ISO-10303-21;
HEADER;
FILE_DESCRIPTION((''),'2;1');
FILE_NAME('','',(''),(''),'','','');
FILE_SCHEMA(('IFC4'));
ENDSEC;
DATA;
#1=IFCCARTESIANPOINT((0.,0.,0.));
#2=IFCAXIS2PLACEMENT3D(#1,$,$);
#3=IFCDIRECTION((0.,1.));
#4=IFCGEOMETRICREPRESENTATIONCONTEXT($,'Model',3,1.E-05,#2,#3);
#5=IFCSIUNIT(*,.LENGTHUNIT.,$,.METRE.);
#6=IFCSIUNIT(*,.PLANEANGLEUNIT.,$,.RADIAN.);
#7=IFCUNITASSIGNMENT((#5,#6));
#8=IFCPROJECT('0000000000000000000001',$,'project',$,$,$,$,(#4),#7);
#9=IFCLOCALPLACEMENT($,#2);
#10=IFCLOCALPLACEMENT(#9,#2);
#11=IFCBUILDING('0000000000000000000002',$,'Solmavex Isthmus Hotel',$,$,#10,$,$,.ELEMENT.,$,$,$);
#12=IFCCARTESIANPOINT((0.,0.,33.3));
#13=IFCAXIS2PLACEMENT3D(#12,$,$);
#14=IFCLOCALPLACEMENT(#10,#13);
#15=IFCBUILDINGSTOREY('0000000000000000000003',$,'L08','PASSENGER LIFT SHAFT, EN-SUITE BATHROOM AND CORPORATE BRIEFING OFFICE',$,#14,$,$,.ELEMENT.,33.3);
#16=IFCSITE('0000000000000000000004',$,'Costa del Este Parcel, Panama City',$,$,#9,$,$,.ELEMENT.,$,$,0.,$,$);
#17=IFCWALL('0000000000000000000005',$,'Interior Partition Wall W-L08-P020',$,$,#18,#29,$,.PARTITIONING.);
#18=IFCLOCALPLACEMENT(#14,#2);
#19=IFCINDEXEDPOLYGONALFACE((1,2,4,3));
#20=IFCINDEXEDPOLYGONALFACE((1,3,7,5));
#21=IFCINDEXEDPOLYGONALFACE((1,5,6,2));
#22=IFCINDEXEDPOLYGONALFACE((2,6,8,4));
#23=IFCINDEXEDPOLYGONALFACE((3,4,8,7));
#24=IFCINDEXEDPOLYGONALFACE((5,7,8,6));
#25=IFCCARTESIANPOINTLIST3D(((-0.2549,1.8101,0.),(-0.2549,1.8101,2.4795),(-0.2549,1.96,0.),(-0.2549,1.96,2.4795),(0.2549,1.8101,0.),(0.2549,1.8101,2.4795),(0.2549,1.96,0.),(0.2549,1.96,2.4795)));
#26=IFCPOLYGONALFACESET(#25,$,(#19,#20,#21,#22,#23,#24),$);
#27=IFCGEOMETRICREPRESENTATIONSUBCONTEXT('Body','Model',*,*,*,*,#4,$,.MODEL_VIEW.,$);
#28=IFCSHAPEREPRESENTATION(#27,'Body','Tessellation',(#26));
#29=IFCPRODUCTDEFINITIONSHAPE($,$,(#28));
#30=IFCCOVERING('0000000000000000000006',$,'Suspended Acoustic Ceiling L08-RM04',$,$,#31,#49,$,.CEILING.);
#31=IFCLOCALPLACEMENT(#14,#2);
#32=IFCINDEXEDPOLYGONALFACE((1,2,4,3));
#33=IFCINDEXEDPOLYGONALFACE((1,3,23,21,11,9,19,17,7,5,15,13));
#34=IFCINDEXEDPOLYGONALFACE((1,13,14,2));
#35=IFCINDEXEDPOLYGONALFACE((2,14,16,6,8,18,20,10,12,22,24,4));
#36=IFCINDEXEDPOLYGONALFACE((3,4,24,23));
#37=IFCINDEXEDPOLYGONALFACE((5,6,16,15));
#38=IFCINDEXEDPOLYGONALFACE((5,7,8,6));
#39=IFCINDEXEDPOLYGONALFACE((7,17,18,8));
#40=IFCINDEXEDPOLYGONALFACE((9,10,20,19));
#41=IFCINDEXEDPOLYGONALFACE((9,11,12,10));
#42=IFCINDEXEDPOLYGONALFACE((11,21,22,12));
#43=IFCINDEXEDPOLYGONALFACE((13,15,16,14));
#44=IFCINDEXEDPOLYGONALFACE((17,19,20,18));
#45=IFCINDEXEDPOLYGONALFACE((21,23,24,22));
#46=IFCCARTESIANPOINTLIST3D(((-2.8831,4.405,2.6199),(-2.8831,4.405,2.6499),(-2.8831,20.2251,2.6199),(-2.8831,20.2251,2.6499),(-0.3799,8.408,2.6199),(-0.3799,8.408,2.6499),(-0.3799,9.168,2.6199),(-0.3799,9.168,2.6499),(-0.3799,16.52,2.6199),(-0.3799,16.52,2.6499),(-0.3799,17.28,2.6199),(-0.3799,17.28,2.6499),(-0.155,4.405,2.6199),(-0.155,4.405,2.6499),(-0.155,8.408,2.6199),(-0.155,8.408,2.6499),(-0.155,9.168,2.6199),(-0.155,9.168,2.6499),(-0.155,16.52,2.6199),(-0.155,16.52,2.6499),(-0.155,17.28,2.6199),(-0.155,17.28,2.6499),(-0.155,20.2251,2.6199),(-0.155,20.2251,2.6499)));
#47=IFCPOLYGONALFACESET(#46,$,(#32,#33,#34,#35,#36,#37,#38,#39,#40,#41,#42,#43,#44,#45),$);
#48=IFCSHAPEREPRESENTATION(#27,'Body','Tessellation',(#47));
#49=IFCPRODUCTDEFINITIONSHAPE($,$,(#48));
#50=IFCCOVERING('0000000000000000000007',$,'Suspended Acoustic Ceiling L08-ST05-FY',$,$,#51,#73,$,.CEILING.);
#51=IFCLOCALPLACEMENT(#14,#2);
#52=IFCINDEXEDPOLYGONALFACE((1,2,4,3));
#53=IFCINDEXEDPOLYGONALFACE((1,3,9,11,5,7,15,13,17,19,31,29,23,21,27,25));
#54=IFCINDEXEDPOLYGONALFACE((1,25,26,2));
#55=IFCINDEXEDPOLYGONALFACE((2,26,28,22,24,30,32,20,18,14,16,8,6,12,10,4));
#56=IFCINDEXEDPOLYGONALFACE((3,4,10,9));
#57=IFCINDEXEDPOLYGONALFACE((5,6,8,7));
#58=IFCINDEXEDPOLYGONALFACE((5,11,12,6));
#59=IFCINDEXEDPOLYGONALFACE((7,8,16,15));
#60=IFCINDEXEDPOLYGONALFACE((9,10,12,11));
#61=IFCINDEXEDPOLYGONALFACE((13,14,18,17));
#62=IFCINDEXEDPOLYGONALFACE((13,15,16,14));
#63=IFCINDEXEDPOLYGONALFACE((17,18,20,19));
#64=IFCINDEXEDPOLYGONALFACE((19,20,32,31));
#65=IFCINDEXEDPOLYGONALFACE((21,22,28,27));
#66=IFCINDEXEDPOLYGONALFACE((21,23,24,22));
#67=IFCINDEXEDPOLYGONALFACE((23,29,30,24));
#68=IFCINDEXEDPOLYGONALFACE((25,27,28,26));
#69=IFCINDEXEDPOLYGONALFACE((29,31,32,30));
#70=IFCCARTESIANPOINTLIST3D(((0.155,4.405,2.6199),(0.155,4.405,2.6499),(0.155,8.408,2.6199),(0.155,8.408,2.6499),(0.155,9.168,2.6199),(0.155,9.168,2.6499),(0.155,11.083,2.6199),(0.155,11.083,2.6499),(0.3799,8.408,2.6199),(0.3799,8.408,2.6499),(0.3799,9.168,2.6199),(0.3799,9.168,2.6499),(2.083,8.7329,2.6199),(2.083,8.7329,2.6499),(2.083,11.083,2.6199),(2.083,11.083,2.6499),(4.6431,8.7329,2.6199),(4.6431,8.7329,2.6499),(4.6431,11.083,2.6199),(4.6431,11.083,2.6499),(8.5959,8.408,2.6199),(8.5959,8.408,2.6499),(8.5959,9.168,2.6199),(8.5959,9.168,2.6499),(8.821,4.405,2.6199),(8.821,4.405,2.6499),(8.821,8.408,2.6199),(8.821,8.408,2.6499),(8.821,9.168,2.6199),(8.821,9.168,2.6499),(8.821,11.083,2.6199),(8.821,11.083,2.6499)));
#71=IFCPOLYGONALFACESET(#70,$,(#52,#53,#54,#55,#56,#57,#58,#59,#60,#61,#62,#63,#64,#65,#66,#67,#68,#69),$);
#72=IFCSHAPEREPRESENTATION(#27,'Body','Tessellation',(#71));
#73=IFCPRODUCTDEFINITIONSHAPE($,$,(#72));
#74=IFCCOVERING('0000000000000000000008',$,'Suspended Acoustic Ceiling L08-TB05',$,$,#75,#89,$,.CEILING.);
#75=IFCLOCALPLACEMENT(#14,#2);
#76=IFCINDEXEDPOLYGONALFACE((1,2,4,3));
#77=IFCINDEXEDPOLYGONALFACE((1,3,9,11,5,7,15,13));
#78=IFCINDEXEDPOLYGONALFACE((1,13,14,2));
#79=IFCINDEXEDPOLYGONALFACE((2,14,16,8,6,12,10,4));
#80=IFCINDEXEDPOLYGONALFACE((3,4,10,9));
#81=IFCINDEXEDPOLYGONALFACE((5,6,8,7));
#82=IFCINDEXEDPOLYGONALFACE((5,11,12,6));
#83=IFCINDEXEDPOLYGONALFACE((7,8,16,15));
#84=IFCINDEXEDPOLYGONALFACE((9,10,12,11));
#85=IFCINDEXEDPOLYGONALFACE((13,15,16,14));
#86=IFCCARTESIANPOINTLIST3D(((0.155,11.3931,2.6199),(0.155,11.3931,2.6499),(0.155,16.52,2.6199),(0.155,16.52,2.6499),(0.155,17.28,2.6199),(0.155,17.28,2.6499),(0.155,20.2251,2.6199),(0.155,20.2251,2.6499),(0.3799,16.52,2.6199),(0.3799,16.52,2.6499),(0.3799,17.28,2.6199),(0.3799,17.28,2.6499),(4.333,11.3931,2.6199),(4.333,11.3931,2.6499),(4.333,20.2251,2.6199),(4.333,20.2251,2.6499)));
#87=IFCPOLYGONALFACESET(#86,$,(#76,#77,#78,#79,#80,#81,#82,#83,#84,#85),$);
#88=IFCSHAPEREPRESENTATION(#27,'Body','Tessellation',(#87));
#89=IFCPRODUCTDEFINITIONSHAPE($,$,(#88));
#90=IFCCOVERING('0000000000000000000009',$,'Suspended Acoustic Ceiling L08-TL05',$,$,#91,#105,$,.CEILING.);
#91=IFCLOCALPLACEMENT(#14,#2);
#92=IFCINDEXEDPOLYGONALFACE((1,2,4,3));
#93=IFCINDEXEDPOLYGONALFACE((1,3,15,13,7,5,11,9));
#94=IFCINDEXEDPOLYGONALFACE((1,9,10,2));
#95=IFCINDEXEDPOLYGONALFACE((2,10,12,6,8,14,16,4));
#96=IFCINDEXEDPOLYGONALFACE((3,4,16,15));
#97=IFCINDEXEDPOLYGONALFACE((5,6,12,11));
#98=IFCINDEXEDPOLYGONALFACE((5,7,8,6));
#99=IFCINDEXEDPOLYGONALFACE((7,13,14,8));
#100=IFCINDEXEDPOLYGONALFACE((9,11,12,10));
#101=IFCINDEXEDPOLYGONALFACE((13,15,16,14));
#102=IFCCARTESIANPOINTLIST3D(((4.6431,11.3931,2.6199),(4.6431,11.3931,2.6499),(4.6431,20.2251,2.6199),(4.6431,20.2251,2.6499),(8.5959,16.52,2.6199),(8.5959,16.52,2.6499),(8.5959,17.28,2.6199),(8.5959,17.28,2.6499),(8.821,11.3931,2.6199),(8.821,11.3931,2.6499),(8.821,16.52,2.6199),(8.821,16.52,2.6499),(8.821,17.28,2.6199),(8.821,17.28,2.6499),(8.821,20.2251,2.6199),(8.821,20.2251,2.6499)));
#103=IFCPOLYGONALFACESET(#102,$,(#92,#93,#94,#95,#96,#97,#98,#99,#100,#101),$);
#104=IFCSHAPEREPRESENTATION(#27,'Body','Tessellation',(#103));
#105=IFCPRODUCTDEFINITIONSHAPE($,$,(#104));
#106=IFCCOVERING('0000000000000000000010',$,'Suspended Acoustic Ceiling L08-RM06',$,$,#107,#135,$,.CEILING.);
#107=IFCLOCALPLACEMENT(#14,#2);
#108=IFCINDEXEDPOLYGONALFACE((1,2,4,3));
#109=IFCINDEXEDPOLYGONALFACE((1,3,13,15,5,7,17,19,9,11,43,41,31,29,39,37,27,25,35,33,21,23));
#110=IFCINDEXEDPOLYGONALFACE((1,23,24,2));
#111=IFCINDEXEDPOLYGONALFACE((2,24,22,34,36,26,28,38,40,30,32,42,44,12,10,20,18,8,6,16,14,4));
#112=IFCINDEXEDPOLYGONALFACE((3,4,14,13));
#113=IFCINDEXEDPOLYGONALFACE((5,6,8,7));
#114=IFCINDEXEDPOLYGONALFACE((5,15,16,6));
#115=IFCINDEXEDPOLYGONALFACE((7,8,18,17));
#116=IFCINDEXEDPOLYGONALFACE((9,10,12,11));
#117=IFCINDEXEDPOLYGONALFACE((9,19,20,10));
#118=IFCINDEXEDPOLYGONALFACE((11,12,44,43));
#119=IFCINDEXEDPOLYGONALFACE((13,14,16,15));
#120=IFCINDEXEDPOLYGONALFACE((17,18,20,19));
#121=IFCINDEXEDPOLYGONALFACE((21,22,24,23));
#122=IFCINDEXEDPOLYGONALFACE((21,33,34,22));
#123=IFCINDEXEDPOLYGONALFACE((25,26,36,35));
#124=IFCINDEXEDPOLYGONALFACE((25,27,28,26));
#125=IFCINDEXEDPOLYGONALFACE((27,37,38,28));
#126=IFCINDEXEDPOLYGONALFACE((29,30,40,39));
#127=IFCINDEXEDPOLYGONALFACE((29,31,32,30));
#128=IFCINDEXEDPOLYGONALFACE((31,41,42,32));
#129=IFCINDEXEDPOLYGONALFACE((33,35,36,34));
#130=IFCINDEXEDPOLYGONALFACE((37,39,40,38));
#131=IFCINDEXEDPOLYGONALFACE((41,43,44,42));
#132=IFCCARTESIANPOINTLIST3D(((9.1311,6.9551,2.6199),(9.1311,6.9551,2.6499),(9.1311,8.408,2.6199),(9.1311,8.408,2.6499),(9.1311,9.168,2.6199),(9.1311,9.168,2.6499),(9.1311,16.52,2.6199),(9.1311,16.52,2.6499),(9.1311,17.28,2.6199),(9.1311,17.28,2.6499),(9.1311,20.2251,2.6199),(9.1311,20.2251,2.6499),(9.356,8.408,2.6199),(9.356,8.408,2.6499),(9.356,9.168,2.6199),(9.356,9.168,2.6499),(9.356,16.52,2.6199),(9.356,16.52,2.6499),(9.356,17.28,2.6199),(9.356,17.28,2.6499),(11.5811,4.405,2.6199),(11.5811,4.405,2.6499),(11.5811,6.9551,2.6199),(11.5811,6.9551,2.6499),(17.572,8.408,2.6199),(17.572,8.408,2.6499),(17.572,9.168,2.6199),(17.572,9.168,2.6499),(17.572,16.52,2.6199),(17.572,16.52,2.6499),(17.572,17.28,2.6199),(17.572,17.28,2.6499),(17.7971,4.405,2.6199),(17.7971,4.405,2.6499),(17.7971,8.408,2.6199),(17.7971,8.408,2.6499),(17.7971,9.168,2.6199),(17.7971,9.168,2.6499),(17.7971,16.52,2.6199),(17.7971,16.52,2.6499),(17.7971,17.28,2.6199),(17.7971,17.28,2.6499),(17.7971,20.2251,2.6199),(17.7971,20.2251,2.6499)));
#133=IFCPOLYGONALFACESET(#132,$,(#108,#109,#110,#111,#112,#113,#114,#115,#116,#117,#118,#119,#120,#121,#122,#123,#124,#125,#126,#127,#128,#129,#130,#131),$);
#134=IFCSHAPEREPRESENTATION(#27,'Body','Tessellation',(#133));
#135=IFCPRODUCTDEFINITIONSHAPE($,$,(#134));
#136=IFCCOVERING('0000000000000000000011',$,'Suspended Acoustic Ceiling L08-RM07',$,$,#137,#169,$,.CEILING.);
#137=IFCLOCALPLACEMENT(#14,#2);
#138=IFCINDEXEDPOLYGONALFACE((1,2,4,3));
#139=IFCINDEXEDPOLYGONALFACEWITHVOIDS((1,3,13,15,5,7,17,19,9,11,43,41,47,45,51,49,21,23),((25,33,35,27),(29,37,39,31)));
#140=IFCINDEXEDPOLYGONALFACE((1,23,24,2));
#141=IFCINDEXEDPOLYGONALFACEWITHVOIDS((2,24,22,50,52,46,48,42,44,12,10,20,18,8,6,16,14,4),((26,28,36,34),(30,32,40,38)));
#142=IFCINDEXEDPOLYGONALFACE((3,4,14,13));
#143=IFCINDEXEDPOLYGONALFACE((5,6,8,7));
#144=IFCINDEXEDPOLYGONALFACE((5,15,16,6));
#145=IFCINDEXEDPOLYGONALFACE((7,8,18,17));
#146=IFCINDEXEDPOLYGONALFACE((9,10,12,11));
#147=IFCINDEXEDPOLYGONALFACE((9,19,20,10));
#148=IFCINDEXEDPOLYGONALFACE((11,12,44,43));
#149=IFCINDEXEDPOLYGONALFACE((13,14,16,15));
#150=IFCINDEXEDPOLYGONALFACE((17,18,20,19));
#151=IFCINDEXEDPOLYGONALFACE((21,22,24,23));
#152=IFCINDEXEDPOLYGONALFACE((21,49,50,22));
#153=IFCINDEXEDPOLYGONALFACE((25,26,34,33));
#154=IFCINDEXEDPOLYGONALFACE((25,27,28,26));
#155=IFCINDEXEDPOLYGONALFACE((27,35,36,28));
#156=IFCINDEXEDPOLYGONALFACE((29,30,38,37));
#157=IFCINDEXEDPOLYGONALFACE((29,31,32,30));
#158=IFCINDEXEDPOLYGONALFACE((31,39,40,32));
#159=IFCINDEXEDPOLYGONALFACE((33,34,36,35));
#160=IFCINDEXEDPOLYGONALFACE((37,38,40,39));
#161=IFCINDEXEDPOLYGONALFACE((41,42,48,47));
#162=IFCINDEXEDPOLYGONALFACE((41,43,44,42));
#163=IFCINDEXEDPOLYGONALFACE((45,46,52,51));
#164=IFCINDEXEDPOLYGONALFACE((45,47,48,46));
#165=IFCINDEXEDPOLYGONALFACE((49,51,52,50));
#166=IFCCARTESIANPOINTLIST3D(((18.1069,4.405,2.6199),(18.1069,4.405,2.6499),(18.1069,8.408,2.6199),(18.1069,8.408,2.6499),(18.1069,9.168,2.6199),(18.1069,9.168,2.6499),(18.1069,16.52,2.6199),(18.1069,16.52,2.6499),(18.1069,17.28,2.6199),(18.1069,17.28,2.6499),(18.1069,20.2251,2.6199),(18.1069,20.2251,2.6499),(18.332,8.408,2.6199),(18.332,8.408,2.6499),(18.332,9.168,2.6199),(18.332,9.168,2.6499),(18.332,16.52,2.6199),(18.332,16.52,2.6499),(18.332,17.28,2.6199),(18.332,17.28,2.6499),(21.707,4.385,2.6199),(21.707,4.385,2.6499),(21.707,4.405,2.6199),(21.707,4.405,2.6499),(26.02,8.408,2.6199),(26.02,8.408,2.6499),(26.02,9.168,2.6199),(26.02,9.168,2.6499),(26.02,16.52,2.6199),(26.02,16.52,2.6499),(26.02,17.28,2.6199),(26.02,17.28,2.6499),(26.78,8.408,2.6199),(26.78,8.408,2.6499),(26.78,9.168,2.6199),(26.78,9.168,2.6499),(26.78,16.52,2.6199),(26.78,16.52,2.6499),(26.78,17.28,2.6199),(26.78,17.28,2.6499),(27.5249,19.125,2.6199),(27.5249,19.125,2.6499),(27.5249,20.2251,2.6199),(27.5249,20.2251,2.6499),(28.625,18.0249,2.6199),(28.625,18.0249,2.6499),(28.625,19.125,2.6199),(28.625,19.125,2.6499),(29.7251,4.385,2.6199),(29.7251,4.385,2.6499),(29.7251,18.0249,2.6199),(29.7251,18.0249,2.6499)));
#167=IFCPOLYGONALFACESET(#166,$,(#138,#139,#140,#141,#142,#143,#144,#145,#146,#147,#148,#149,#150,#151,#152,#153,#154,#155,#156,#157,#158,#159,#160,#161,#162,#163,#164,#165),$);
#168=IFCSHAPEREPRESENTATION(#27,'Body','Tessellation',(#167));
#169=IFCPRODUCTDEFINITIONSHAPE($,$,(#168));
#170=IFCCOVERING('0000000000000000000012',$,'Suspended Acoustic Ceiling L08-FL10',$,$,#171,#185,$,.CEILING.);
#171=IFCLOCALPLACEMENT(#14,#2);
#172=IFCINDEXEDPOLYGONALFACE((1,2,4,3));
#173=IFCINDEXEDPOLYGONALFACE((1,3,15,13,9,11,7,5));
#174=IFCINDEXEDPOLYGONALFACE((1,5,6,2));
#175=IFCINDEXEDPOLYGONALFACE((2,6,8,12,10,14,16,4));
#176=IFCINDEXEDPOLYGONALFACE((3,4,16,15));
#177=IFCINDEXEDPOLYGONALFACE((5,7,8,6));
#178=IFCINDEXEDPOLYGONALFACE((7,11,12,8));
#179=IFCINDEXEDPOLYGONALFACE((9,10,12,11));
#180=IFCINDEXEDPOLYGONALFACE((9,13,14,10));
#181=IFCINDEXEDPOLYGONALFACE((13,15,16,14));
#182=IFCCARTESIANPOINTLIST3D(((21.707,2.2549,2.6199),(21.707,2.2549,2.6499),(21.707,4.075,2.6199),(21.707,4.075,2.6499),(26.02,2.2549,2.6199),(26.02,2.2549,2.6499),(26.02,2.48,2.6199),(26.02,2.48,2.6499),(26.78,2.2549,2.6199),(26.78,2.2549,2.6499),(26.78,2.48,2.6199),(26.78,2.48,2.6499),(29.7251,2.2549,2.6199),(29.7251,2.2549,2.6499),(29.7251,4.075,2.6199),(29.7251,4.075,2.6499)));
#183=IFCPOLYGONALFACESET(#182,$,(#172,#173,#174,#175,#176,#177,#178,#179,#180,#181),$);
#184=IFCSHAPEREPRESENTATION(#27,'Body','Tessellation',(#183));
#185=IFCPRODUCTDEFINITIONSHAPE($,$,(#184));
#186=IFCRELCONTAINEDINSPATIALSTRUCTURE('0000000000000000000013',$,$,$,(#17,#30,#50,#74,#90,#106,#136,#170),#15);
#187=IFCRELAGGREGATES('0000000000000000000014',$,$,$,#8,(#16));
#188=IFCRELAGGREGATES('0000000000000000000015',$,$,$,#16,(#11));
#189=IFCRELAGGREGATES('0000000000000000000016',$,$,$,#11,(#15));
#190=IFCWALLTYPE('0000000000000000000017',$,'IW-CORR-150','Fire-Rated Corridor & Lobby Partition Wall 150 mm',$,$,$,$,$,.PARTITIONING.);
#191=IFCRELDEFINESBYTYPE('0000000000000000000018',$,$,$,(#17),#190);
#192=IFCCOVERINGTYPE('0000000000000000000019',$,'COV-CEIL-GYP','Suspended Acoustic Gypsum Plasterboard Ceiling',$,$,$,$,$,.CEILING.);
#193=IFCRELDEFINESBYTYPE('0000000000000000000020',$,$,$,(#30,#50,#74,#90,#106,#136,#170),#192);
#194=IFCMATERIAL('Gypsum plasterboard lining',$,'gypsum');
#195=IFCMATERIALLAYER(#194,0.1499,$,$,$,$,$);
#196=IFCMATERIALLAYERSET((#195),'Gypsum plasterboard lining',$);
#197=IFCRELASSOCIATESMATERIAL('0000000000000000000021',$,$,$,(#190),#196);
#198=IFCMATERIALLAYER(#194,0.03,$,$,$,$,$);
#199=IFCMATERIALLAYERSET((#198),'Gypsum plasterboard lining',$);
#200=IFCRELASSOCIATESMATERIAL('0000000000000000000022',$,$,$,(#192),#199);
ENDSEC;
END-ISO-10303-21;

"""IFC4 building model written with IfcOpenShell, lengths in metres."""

from ifc_helpers import new_model, si_unit, direction, frame, frame_2d, origin, place, context, subcontext, project, spatial, polyline, rectangle, outline, extrude, material, layer, layer_set, type_object, element, save


model = new_model("IFC4")

# Units and contexts
model_context = context("Model", 3, precision=1e-05, world=origin(), true_north=direction((0.0, 1.0)))
body_context = subcontext(model_context, "Body", "Model", "MODEL_VIEW")
ifc_project = project(units=[si_unit("LENGTHUNIT", "METRE"), si_unit("PLANEANGLEUNIT", "RADIAN")], contexts=[model_context])

# Site, building, storey
site_placement = place(None, origin())
site = spatial("IfcSite", under=ifc_project, at=site_placement, Name="Costa del Este Parcel, Panama City", CompositionType="ELEMENT", RefElevation=0.0)
building_placement = place(site_placement, origin())
building = spatial("IfcBuilding", under=site, at=building_placement, Name="Solmavex Isthmus Hotel", CompositionType="ELEMENT")
storey_placement = place(building_placement, frame((0.0, 0.0, 33.3)))
storey = spatial("IfcBuildingStorey", under=building, at=storey_placement, Name="L08", Description="PASSENGER LIFT SHAFT, EN-SUITE BATHROOM AND CORPORATE BRIEFING OFFICE", CompositionType="ELEMENT", Elevation=33.3)

# Wall
ifc_material_1 = material(Name="Gypsum plasterboard lining", Category="gypsum")
ifc_layer_1 = layer(ifc_material_1, 0.1499)
ifc_layer_set_1 = layer_set([ifc_layer_1], Name="Gypsum plasterboard lining")
wall_type = type_object("IfcWallType", Name="IW-CORR-150", Description="Fire-Rated Corridor & Lobby Partition Wall 150 mm", PredefinedType="PARTITIONING", material=ifc_layer_set_1)
wall_placement = place(storey_placement, frame((0.2549, 1.885, 0.0), z_axis=(0.0, 0.0, 1.0), x_axis=(-1.0, 0.0, 0.0)))
element("IfcWall", 1, at=wall_placement, inside=storey, type_object=wall_type, Name="Interior Partition Wall W-L08-P020", PredefinedType="PARTITIONING", context=body_context, shape_type="SweptSolid", body=[
    extrude(rectangle(XDim=0.5098, YDim=0.1499, at=frame_2d((0.2549, 0.0))), origin(), (0.0, 0.0, 1.0), 2.4795),
])

# Coverings
ifc_layer_2 = layer(ifc_material_1, 0.03)
ifc_layer_set_2 = layer_set([ifc_layer_2], Name="Gypsum plasterboard lining")
covering_type_1 = type_object("IfcCoveringType", Name="COV-CEIL-GYP", Description="Suspended Acoustic Gypsum Plasterboard Ceiling", PredefinedType="CEILING", material=ifc_layer_set_2)
covering_1_placement = place(storey_placement, frame((0.0, 0.0, 2.6199)))
element("IfcCovering", 2, at=covering_1_placement, inside=storey, type_object=covering_type_1, Name="Suspended Acoustic Ceiling L08-RM04", PredefinedType="CEILING", context=body_context, shape_type="SweptSolid", body=[
    extrude(outline(polyline([(-0.155, 16.52), (-0.3799, 16.52), (-0.3799, 17.28), (-0.155, 17.28), (-0.155, 20.2251), (-2.8831, 20.2251), (-2.8831, 4.405), (-0.155, 4.405), (-0.155, 8.408), (-0.3799, 8.408), (-0.3799, 9.168), (-0.155, 9.168), (-0.155, 16.52)])), origin(), (0.0, 0.0, 1.0), 0.03),
])
covering_2_placement = place(storey_placement, frame((0.0, 0.0, 2.6199)))
element("IfcCovering", 3, at=covering_2_placement, inside=storey, type_object=covering_type_1, Name="Suspended Acoustic Ceiling L08-ST05-FY", PredefinedType="CEILING", context=body_context, shape_type="SweptSolid", body=[
    extrude(outline(polyline([(8.821, 8.408), (8.5959, 8.408), (8.5959, 9.168), (8.821, 9.168), (8.821, 11.083), (4.6431, 11.083), (4.6431, 8.7329), (2.083, 8.7329), (2.083, 11.083), (0.155, 11.083), (0.155, 9.168), (0.3799, 9.168), (0.3799, 8.408), (0.155, 8.408), (0.155, 4.405), (8.821, 4.405), (8.821, 8.408)])), origin(), (0.0, 0.0, 1.0), 0.03),
])
covering_3_placement = place(storey_placement, frame((0.0, 0.0, 2.6199)))
element("IfcCovering", 4, at=covering_3_placement, inside=storey, type_object=covering_type_1, Name="Suspended Acoustic Ceiling L08-TB05", PredefinedType="CEILING", context=body_context, shape_type="SweptSolid", body=[
    extrude(outline(polyline([(0.155, 17.28), (0.3799, 17.28), (0.3799, 16.52), (0.155, 16.52), (0.155, 11.3931), (4.333, 11.3931), (4.333, 20.2251), (0.155, 20.2251), (0.155, 17.28)])), origin(), (0.0, 0.0, 1.0), 0.03),
])
covering_4_placement = place(storey_placement, frame((0.0, 0.0, 2.6199)))
element("IfcCovering", 5, at=covering_4_placement, inside=storey, type_object=covering_type_1, Name="Suspended Acoustic Ceiling L08-TL05", PredefinedType="CEILING", context=body_context, shape_type="SweptSolid", body=[
    extrude(outline(polyline([(8.821, 16.52), (8.5959, 16.52), (8.5959, 17.28), (8.821, 17.28), (8.821, 20.2251), (4.6431, 20.2251), (4.6431, 11.3931), (8.821, 11.3931), (8.821, 16.52)])), origin(), (0.0, 0.0, 1.0), 0.03),
])
covering_5_placement = place(storey_placement, frame((0.0, 0.0, 2.6199)))
element("IfcCovering", 6, at=covering_5_placement, inside=storey, type_object=covering_type_1, Name="Suspended Acoustic Ceiling L08-RM06", PredefinedType="CEILING", context=body_context, shape_type="SweptSolid", body=[
    extrude(outline(polyline([(9.1311, 9.168), (9.356, 9.168), (9.356, 8.408), (9.1311, 8.408), (9.1311, 6.9551), (11.5811, 6.9551), (11.5811, 4.405), (17.7971, 4.405), (17.7971, 8.408), (17.572, 8.408), (17.572, 9.168), (17.7971, 9.168), (17.7971, 16.52), (17.572, 16.52), (17.572, 17.28), (17.7971, 17.28), (17.7971, 20.2251), (9.1311, 20.2251), (9.1311, 17.28), (9.356, 17.28), (9.356, 16.52), (9.1311, 16.52), (9.1311, 9.168)])), origin(), (0.0, 0.0, 1.0), 0.03),
])
covering_6_placement = place(storey_placement, frame((0.0, 0.0, 2.6199)))
element("IfcCovering", 7, at=covering_6_placement, inside=storey, type_object=covering_type_1, Name="Suspended Acoustic Ceiling L08-RM07", PredefinedType="CEILING", context=body_context, shape_type="SweptSolid", body=[
    extrude(outline(polyline([(18.1069, 9.168), (18.332, 9.168), (18.332, 8.408), (18.1069, 8.408), (18.1069, 4.405), (21.707, 4.405), (21.707, 4.385), (29.7251, 4.385), (29.7251, 18.0249), (28.625, 18.0249), (28.625, 19.125), (27.5249, 19.125), (27.5249, 20.2251), (18.1069, 20.2251), (18.1069, 17.28), (18.332, 17.28), (18.332, 16.52), (18.1069, 16.52), (18.1069, 9.168)]), holes=[polyline([(26.02, 8.408), (26.02, 9.168), (26.78, 9.168), (26.78, 8.408), (26.02, 8.408)]), polyline([(26.02, 16.52), (26.02, 17.28), (26.78, 17.28), (26.78, 16.52), (26.02, 16.52)])]), origin(), (0.0, 0.0, 1.0), 0.03),
])
covering_7_placement = place(storey_placement, frame((0.0, 0.0, 2.6199)))
element("IfcCovering", 8, at=covering_7_placement, inside=storey, type_object=covering_type_1, Name="Suspended Acoustic Ceiling L08-FL10", PredefinedType="CEILING", context=body_context, shape_type="SweptSolid", body=[
    extrude(outline(polyline([(26.02, 2.2549), (26.02, 2.48), (26.78, 2.48), (26.78, 2.2549), (29.7251, 2.2549), (29.7251, 4.075), (21.707, 4.075), (21.707, 2.2549), (26.02, 2.2549)])), origin(), (0.0, 0.0, 1.0), 0.03),
])

save(model, "model.ifc")
